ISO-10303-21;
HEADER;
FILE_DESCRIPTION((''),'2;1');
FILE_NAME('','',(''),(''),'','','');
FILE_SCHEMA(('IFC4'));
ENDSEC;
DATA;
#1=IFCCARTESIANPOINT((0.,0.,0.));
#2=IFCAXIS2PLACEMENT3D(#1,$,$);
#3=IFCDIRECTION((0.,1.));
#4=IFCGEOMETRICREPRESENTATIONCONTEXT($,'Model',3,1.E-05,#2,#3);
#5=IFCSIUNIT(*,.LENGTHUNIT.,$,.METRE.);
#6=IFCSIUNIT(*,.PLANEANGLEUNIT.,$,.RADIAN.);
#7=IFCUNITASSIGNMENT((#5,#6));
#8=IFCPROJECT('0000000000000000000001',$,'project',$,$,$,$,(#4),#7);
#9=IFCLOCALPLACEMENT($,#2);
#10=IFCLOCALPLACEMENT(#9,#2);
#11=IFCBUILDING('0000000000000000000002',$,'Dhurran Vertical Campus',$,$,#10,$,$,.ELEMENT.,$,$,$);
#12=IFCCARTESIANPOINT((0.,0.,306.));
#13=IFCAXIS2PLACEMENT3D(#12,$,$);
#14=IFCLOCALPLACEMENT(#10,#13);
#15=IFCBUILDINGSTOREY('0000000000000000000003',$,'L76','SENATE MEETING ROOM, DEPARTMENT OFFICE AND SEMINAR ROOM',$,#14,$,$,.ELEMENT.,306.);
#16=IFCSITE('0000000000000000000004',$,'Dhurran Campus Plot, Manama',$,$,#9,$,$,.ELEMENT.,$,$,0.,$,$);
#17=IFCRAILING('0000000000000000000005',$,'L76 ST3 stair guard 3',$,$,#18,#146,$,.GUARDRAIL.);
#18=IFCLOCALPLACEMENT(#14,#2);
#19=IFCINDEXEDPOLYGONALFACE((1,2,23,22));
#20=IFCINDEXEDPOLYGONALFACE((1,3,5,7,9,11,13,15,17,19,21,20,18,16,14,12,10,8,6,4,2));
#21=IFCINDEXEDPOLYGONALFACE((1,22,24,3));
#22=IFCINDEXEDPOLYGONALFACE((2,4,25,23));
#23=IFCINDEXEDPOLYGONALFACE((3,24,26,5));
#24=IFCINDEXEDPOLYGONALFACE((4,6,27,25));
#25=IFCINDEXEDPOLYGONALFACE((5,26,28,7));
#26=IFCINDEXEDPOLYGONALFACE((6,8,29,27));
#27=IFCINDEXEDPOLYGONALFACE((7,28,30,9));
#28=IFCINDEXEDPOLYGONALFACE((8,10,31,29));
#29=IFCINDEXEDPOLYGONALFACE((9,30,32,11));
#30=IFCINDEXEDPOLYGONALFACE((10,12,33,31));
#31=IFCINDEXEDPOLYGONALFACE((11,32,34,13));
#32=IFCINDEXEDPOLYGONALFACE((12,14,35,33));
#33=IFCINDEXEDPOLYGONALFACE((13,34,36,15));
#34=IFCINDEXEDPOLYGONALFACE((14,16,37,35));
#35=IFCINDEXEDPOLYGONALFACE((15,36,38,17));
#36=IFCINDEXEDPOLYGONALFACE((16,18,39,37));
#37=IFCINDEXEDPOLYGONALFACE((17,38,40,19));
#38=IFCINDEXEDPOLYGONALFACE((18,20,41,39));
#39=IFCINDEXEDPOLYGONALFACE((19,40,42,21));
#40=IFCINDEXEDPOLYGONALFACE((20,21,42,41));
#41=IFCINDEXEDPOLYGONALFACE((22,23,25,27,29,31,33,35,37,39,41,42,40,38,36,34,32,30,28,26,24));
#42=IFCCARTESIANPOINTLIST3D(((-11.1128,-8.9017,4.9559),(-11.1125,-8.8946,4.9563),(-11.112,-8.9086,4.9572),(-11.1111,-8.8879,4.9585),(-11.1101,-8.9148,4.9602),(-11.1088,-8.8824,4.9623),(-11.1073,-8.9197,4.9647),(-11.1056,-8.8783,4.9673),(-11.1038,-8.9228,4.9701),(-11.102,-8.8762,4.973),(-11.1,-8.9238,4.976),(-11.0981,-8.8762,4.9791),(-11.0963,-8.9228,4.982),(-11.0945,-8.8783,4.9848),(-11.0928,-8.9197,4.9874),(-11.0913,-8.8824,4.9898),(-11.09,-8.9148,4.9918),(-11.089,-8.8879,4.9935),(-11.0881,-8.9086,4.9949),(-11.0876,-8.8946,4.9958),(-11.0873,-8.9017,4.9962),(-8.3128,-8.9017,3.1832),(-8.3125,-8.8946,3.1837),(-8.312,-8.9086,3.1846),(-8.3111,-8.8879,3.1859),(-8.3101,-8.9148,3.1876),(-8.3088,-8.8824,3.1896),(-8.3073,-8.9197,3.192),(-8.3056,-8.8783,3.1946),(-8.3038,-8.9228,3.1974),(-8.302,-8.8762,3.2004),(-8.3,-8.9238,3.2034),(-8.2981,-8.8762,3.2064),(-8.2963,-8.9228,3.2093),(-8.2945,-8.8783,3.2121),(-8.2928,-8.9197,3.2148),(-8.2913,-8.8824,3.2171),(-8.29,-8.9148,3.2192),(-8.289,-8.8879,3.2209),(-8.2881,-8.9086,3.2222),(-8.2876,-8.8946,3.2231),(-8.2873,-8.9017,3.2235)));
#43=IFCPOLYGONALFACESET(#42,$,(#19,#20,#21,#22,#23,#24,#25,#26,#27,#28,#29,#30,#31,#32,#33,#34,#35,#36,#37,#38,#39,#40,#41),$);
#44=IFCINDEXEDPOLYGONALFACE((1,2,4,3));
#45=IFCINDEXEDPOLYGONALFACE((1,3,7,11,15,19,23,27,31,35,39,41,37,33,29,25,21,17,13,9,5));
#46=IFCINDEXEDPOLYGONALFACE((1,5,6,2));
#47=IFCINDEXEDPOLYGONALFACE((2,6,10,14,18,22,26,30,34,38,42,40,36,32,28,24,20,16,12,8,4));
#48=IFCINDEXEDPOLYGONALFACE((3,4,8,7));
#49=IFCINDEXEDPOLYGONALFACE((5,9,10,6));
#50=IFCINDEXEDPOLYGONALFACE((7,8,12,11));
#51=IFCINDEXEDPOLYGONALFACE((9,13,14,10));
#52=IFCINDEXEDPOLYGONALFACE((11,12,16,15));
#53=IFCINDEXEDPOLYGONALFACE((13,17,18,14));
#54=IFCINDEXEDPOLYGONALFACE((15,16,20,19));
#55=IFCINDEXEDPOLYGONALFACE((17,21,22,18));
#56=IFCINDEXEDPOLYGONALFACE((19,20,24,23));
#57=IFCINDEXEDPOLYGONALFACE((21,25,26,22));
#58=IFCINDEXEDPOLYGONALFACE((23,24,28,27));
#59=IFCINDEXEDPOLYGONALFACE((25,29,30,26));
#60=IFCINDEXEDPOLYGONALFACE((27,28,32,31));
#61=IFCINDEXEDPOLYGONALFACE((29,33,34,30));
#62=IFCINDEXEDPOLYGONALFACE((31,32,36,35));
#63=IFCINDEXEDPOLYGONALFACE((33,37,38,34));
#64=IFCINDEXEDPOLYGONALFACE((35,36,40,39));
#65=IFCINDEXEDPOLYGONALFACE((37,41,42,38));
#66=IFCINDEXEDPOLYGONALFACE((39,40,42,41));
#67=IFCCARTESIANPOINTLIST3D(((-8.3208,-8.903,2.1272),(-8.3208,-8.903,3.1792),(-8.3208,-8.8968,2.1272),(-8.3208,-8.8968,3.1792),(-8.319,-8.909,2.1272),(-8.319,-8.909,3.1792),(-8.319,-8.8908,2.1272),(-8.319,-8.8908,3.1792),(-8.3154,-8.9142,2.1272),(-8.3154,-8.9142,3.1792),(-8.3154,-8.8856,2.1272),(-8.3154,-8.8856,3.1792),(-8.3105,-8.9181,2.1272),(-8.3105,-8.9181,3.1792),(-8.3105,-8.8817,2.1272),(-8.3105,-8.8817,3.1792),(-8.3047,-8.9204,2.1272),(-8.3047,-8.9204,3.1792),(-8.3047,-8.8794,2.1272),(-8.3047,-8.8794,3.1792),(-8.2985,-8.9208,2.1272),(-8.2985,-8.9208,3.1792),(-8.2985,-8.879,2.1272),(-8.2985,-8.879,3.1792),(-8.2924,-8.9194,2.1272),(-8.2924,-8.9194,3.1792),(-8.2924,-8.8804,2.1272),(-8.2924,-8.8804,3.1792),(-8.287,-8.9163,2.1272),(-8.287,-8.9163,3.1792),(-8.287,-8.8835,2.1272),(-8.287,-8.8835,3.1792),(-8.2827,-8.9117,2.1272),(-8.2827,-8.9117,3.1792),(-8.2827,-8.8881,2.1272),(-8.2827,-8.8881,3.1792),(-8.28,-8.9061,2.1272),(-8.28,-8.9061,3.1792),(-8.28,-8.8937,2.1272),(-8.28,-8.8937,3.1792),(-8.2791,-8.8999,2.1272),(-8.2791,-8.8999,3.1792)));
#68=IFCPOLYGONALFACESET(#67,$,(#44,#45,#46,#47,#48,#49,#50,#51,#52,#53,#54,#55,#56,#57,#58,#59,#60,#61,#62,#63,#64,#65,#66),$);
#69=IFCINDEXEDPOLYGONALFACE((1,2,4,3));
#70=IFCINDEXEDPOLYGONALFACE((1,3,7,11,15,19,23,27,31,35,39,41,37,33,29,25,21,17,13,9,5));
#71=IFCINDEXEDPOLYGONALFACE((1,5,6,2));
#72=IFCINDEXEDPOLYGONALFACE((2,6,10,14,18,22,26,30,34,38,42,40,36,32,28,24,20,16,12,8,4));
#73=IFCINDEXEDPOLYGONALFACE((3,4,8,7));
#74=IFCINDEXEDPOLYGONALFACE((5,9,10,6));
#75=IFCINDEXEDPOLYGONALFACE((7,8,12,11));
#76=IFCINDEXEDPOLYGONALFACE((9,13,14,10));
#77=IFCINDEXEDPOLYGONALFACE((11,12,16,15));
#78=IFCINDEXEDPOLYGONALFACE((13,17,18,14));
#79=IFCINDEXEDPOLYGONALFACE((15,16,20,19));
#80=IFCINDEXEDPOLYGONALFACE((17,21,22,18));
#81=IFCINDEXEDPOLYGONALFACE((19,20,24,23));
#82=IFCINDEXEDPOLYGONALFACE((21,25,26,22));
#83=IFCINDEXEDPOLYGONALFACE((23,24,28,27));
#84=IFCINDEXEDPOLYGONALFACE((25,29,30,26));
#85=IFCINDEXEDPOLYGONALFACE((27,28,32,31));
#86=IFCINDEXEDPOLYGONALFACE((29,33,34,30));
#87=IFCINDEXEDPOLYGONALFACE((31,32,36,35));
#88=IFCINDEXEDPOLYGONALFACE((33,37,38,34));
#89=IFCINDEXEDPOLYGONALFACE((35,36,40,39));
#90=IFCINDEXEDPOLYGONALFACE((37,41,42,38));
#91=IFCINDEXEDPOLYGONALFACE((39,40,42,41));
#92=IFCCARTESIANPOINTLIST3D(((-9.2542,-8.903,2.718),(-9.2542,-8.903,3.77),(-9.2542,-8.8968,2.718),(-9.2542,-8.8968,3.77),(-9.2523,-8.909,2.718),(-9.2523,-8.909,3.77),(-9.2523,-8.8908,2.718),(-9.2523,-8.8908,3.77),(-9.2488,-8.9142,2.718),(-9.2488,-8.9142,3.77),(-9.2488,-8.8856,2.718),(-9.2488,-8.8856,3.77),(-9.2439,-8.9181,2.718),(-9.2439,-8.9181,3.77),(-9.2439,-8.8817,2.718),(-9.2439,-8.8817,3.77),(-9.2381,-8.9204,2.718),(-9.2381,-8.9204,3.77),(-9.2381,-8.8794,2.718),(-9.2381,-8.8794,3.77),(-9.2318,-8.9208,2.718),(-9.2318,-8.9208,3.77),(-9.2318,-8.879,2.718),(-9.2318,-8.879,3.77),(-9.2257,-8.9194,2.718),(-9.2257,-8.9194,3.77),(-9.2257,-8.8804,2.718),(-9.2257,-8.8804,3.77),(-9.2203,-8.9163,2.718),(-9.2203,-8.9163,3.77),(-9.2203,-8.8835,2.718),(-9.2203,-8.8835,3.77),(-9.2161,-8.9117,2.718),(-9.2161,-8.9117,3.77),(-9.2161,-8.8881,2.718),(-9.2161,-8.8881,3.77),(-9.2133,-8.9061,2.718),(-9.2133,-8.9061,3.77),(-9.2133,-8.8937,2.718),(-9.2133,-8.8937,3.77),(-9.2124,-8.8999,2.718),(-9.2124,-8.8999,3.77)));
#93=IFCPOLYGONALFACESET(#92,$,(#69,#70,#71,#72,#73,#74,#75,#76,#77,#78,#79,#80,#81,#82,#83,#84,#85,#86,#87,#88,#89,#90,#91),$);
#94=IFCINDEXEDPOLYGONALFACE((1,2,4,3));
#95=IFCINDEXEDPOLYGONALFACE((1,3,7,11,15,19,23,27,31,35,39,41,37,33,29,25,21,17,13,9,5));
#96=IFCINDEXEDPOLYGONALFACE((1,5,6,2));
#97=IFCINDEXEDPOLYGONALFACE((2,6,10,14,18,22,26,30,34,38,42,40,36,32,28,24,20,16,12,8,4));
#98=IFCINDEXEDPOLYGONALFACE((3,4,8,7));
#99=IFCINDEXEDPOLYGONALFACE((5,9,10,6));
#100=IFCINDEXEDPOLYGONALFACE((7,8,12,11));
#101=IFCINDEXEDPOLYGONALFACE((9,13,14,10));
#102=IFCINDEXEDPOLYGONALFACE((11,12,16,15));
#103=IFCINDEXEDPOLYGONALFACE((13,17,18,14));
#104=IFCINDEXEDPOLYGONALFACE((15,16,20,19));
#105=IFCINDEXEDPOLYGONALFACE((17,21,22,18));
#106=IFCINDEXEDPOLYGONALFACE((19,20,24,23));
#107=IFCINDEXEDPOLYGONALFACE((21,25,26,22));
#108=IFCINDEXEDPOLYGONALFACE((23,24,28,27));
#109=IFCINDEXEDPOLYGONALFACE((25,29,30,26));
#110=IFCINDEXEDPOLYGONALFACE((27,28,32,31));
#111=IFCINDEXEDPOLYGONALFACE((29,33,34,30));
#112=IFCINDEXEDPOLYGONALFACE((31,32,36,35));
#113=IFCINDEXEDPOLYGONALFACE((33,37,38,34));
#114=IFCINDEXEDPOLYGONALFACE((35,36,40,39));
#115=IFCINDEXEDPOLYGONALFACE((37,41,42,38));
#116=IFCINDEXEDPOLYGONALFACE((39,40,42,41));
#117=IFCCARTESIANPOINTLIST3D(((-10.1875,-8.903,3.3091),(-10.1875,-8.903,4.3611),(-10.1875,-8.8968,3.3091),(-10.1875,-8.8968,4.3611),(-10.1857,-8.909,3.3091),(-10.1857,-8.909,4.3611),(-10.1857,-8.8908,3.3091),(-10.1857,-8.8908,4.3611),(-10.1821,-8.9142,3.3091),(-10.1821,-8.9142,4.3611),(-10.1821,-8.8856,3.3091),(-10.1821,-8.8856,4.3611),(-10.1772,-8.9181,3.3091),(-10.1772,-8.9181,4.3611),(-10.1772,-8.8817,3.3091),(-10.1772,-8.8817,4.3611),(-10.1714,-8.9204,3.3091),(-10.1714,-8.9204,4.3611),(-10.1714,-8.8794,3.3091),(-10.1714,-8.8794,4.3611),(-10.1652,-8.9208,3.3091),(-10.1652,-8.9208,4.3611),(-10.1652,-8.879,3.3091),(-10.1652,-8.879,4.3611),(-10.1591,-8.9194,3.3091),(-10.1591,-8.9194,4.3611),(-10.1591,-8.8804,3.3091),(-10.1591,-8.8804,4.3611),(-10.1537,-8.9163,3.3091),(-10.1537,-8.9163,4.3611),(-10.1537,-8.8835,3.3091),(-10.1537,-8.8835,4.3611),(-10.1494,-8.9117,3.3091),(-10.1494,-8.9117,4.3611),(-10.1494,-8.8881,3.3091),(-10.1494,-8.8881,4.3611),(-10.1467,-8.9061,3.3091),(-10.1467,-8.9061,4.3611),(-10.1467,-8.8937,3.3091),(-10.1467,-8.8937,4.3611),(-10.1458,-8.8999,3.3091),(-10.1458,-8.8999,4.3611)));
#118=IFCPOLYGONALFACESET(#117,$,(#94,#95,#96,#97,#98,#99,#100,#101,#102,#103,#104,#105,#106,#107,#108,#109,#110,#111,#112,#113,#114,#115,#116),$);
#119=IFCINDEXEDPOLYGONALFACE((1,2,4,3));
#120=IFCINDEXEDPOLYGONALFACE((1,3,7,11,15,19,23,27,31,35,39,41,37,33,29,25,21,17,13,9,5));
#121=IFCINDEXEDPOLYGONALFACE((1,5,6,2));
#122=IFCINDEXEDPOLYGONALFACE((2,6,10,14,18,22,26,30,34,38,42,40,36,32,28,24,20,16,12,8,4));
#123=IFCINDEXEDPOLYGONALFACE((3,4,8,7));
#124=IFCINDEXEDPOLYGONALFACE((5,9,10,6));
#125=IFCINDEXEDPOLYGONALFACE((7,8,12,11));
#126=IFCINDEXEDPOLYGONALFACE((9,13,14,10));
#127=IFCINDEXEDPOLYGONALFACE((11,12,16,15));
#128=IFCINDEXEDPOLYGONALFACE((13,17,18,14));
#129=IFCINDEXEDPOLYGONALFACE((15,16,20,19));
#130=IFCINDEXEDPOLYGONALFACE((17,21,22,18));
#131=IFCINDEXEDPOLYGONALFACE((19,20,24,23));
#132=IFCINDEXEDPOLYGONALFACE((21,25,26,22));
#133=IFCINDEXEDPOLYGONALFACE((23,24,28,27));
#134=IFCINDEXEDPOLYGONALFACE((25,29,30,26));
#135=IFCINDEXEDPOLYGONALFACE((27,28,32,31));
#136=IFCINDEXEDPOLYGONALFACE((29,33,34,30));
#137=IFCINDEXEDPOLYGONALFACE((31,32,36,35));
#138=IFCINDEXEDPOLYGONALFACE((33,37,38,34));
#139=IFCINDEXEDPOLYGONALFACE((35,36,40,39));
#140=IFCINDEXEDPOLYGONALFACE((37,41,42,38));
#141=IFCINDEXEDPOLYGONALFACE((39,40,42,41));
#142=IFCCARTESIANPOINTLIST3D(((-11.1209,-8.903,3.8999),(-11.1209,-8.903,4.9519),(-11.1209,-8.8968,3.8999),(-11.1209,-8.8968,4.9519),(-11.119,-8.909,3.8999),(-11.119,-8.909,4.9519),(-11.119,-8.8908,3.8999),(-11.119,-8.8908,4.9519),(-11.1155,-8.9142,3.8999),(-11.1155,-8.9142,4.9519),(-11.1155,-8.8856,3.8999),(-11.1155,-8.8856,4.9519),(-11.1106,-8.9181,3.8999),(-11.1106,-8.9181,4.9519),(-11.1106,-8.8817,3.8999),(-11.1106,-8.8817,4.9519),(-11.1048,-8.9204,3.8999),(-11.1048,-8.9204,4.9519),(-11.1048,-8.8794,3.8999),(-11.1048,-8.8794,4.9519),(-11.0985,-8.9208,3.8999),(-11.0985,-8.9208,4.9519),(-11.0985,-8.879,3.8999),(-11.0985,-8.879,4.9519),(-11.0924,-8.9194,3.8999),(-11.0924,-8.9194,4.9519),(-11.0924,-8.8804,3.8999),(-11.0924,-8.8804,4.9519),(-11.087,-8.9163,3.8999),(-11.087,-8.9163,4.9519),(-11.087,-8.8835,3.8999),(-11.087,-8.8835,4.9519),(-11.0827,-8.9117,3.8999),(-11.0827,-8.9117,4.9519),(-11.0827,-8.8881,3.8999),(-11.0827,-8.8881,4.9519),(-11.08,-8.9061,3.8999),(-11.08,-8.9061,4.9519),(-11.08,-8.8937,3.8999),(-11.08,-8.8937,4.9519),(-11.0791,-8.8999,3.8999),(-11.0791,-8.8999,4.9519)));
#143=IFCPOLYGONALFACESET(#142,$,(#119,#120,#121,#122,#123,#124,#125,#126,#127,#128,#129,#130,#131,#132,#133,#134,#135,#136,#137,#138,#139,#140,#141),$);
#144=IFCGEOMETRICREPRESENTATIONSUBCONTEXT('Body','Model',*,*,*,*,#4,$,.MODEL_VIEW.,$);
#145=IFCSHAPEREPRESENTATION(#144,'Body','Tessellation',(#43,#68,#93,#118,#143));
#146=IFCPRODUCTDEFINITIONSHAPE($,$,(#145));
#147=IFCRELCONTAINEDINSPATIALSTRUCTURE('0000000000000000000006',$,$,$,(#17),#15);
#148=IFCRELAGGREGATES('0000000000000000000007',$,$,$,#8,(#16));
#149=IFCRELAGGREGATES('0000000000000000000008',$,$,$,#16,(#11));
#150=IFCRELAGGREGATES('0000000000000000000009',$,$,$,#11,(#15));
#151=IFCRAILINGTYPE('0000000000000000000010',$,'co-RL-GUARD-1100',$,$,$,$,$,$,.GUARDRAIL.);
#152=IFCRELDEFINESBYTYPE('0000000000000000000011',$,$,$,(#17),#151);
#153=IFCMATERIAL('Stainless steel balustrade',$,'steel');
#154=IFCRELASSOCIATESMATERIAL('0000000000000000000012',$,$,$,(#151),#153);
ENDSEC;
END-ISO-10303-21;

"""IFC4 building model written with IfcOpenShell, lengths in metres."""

from ifc_helpers import new_model, si_unit, direction, frame, origin, origin_2d, place, context, subcontext, project, spatial, circle, extrude, material, type_object, element, save


model = new_model("IFC4")

# Units and contexts
model_context = context("Model", 3, precision=1e-05, world=origin(), true_north=direction((0.0, 1.0)))
body_context = subcontext(model_context, "Body", "Model", "MODEL_VIEW")
ifc_project = project(units=[si_unit("LENGTHUNIT", "METRE"), si_unit("PLANEANGLEUNIT", "RADIAN")], contexts=[model_context])

# Site, building, storey
site_placement = place(None, origin())
site = spatial("IfcSite", under=ifc_project, at=site_placement, Name="Dhurran Campus Plot, Manama", CompositionType="ELEMENT", RefElevation=0.0)
building_placement = place(site_placement, origin())
building = spatial("IfcBuilding", under=site, at=building_placement, Name="Dhurran Vertical Campus", CompositionType="ELEMENT")
storey_placement = place(building_placement, frame((0.0, 0.0, 306.0)))
storey = spatial("IfcBuildingStorey", under=building, at=storey_placement, Name="L76", Description="SENATE MEETING ROOM, DEPARTMENT OFFICE AND SEMINAR ROOM", CompositionType="ELEMENT", Elevation=306.0)

# Railing
ifc_material_1 = material(Name="Stainless steel balustrade", Category="steel")
railing_type_1 = type_object("IfcRailingType", Name="co-RL-GUARD-1100", PredefinedType="GUARDRAIL", material=ifc_material_1)
railing_1_placement = place(storey_placement, frame((-8.3, -8.8999, 2.1272)))
element("IfcRailing", 1, at=railing_1_placement, inside=storey, type_object=railing_type_1, Name="L76 ST3 stair guard 3", PredefinedType="GUARDRAIL", context=body_context, shape_type="SweptSolid", body=[
    extrude(circle(Radius=0.0239, at=origin_2d()), frame((0.0, 0.0, 1.0762), z_axis=(-0.844909, 0.0, 0.53491), x_axis=(0.0, -1.0, 0.0)), (0.0, 0.0, 1.0), 3.314),
    extrude(circle(Radius=0.021, at=origin_2d()), origin(), (0.0, 0.0, 1.0), 1.052),
    extrude(circle(Radius=0.021, at=origin_2d()), frame((-0.9333, 0.0, 0.5908)), (0.0, 0.0, 1.0), 1.052),
    extrude(circle(Radius=0.021, at=origin_2d()), frame((-1.8667, 0.0, 1.1819)), (0.0, 0.0, 1.0), 1.052),
    extrude(circle(Radius=0.021, at=origin_2d()), frame((-2.8, 0.0, 1.7727)), (0.0, 0.0, 1.0), 1.052),
])

save(model, "model.ifc")
